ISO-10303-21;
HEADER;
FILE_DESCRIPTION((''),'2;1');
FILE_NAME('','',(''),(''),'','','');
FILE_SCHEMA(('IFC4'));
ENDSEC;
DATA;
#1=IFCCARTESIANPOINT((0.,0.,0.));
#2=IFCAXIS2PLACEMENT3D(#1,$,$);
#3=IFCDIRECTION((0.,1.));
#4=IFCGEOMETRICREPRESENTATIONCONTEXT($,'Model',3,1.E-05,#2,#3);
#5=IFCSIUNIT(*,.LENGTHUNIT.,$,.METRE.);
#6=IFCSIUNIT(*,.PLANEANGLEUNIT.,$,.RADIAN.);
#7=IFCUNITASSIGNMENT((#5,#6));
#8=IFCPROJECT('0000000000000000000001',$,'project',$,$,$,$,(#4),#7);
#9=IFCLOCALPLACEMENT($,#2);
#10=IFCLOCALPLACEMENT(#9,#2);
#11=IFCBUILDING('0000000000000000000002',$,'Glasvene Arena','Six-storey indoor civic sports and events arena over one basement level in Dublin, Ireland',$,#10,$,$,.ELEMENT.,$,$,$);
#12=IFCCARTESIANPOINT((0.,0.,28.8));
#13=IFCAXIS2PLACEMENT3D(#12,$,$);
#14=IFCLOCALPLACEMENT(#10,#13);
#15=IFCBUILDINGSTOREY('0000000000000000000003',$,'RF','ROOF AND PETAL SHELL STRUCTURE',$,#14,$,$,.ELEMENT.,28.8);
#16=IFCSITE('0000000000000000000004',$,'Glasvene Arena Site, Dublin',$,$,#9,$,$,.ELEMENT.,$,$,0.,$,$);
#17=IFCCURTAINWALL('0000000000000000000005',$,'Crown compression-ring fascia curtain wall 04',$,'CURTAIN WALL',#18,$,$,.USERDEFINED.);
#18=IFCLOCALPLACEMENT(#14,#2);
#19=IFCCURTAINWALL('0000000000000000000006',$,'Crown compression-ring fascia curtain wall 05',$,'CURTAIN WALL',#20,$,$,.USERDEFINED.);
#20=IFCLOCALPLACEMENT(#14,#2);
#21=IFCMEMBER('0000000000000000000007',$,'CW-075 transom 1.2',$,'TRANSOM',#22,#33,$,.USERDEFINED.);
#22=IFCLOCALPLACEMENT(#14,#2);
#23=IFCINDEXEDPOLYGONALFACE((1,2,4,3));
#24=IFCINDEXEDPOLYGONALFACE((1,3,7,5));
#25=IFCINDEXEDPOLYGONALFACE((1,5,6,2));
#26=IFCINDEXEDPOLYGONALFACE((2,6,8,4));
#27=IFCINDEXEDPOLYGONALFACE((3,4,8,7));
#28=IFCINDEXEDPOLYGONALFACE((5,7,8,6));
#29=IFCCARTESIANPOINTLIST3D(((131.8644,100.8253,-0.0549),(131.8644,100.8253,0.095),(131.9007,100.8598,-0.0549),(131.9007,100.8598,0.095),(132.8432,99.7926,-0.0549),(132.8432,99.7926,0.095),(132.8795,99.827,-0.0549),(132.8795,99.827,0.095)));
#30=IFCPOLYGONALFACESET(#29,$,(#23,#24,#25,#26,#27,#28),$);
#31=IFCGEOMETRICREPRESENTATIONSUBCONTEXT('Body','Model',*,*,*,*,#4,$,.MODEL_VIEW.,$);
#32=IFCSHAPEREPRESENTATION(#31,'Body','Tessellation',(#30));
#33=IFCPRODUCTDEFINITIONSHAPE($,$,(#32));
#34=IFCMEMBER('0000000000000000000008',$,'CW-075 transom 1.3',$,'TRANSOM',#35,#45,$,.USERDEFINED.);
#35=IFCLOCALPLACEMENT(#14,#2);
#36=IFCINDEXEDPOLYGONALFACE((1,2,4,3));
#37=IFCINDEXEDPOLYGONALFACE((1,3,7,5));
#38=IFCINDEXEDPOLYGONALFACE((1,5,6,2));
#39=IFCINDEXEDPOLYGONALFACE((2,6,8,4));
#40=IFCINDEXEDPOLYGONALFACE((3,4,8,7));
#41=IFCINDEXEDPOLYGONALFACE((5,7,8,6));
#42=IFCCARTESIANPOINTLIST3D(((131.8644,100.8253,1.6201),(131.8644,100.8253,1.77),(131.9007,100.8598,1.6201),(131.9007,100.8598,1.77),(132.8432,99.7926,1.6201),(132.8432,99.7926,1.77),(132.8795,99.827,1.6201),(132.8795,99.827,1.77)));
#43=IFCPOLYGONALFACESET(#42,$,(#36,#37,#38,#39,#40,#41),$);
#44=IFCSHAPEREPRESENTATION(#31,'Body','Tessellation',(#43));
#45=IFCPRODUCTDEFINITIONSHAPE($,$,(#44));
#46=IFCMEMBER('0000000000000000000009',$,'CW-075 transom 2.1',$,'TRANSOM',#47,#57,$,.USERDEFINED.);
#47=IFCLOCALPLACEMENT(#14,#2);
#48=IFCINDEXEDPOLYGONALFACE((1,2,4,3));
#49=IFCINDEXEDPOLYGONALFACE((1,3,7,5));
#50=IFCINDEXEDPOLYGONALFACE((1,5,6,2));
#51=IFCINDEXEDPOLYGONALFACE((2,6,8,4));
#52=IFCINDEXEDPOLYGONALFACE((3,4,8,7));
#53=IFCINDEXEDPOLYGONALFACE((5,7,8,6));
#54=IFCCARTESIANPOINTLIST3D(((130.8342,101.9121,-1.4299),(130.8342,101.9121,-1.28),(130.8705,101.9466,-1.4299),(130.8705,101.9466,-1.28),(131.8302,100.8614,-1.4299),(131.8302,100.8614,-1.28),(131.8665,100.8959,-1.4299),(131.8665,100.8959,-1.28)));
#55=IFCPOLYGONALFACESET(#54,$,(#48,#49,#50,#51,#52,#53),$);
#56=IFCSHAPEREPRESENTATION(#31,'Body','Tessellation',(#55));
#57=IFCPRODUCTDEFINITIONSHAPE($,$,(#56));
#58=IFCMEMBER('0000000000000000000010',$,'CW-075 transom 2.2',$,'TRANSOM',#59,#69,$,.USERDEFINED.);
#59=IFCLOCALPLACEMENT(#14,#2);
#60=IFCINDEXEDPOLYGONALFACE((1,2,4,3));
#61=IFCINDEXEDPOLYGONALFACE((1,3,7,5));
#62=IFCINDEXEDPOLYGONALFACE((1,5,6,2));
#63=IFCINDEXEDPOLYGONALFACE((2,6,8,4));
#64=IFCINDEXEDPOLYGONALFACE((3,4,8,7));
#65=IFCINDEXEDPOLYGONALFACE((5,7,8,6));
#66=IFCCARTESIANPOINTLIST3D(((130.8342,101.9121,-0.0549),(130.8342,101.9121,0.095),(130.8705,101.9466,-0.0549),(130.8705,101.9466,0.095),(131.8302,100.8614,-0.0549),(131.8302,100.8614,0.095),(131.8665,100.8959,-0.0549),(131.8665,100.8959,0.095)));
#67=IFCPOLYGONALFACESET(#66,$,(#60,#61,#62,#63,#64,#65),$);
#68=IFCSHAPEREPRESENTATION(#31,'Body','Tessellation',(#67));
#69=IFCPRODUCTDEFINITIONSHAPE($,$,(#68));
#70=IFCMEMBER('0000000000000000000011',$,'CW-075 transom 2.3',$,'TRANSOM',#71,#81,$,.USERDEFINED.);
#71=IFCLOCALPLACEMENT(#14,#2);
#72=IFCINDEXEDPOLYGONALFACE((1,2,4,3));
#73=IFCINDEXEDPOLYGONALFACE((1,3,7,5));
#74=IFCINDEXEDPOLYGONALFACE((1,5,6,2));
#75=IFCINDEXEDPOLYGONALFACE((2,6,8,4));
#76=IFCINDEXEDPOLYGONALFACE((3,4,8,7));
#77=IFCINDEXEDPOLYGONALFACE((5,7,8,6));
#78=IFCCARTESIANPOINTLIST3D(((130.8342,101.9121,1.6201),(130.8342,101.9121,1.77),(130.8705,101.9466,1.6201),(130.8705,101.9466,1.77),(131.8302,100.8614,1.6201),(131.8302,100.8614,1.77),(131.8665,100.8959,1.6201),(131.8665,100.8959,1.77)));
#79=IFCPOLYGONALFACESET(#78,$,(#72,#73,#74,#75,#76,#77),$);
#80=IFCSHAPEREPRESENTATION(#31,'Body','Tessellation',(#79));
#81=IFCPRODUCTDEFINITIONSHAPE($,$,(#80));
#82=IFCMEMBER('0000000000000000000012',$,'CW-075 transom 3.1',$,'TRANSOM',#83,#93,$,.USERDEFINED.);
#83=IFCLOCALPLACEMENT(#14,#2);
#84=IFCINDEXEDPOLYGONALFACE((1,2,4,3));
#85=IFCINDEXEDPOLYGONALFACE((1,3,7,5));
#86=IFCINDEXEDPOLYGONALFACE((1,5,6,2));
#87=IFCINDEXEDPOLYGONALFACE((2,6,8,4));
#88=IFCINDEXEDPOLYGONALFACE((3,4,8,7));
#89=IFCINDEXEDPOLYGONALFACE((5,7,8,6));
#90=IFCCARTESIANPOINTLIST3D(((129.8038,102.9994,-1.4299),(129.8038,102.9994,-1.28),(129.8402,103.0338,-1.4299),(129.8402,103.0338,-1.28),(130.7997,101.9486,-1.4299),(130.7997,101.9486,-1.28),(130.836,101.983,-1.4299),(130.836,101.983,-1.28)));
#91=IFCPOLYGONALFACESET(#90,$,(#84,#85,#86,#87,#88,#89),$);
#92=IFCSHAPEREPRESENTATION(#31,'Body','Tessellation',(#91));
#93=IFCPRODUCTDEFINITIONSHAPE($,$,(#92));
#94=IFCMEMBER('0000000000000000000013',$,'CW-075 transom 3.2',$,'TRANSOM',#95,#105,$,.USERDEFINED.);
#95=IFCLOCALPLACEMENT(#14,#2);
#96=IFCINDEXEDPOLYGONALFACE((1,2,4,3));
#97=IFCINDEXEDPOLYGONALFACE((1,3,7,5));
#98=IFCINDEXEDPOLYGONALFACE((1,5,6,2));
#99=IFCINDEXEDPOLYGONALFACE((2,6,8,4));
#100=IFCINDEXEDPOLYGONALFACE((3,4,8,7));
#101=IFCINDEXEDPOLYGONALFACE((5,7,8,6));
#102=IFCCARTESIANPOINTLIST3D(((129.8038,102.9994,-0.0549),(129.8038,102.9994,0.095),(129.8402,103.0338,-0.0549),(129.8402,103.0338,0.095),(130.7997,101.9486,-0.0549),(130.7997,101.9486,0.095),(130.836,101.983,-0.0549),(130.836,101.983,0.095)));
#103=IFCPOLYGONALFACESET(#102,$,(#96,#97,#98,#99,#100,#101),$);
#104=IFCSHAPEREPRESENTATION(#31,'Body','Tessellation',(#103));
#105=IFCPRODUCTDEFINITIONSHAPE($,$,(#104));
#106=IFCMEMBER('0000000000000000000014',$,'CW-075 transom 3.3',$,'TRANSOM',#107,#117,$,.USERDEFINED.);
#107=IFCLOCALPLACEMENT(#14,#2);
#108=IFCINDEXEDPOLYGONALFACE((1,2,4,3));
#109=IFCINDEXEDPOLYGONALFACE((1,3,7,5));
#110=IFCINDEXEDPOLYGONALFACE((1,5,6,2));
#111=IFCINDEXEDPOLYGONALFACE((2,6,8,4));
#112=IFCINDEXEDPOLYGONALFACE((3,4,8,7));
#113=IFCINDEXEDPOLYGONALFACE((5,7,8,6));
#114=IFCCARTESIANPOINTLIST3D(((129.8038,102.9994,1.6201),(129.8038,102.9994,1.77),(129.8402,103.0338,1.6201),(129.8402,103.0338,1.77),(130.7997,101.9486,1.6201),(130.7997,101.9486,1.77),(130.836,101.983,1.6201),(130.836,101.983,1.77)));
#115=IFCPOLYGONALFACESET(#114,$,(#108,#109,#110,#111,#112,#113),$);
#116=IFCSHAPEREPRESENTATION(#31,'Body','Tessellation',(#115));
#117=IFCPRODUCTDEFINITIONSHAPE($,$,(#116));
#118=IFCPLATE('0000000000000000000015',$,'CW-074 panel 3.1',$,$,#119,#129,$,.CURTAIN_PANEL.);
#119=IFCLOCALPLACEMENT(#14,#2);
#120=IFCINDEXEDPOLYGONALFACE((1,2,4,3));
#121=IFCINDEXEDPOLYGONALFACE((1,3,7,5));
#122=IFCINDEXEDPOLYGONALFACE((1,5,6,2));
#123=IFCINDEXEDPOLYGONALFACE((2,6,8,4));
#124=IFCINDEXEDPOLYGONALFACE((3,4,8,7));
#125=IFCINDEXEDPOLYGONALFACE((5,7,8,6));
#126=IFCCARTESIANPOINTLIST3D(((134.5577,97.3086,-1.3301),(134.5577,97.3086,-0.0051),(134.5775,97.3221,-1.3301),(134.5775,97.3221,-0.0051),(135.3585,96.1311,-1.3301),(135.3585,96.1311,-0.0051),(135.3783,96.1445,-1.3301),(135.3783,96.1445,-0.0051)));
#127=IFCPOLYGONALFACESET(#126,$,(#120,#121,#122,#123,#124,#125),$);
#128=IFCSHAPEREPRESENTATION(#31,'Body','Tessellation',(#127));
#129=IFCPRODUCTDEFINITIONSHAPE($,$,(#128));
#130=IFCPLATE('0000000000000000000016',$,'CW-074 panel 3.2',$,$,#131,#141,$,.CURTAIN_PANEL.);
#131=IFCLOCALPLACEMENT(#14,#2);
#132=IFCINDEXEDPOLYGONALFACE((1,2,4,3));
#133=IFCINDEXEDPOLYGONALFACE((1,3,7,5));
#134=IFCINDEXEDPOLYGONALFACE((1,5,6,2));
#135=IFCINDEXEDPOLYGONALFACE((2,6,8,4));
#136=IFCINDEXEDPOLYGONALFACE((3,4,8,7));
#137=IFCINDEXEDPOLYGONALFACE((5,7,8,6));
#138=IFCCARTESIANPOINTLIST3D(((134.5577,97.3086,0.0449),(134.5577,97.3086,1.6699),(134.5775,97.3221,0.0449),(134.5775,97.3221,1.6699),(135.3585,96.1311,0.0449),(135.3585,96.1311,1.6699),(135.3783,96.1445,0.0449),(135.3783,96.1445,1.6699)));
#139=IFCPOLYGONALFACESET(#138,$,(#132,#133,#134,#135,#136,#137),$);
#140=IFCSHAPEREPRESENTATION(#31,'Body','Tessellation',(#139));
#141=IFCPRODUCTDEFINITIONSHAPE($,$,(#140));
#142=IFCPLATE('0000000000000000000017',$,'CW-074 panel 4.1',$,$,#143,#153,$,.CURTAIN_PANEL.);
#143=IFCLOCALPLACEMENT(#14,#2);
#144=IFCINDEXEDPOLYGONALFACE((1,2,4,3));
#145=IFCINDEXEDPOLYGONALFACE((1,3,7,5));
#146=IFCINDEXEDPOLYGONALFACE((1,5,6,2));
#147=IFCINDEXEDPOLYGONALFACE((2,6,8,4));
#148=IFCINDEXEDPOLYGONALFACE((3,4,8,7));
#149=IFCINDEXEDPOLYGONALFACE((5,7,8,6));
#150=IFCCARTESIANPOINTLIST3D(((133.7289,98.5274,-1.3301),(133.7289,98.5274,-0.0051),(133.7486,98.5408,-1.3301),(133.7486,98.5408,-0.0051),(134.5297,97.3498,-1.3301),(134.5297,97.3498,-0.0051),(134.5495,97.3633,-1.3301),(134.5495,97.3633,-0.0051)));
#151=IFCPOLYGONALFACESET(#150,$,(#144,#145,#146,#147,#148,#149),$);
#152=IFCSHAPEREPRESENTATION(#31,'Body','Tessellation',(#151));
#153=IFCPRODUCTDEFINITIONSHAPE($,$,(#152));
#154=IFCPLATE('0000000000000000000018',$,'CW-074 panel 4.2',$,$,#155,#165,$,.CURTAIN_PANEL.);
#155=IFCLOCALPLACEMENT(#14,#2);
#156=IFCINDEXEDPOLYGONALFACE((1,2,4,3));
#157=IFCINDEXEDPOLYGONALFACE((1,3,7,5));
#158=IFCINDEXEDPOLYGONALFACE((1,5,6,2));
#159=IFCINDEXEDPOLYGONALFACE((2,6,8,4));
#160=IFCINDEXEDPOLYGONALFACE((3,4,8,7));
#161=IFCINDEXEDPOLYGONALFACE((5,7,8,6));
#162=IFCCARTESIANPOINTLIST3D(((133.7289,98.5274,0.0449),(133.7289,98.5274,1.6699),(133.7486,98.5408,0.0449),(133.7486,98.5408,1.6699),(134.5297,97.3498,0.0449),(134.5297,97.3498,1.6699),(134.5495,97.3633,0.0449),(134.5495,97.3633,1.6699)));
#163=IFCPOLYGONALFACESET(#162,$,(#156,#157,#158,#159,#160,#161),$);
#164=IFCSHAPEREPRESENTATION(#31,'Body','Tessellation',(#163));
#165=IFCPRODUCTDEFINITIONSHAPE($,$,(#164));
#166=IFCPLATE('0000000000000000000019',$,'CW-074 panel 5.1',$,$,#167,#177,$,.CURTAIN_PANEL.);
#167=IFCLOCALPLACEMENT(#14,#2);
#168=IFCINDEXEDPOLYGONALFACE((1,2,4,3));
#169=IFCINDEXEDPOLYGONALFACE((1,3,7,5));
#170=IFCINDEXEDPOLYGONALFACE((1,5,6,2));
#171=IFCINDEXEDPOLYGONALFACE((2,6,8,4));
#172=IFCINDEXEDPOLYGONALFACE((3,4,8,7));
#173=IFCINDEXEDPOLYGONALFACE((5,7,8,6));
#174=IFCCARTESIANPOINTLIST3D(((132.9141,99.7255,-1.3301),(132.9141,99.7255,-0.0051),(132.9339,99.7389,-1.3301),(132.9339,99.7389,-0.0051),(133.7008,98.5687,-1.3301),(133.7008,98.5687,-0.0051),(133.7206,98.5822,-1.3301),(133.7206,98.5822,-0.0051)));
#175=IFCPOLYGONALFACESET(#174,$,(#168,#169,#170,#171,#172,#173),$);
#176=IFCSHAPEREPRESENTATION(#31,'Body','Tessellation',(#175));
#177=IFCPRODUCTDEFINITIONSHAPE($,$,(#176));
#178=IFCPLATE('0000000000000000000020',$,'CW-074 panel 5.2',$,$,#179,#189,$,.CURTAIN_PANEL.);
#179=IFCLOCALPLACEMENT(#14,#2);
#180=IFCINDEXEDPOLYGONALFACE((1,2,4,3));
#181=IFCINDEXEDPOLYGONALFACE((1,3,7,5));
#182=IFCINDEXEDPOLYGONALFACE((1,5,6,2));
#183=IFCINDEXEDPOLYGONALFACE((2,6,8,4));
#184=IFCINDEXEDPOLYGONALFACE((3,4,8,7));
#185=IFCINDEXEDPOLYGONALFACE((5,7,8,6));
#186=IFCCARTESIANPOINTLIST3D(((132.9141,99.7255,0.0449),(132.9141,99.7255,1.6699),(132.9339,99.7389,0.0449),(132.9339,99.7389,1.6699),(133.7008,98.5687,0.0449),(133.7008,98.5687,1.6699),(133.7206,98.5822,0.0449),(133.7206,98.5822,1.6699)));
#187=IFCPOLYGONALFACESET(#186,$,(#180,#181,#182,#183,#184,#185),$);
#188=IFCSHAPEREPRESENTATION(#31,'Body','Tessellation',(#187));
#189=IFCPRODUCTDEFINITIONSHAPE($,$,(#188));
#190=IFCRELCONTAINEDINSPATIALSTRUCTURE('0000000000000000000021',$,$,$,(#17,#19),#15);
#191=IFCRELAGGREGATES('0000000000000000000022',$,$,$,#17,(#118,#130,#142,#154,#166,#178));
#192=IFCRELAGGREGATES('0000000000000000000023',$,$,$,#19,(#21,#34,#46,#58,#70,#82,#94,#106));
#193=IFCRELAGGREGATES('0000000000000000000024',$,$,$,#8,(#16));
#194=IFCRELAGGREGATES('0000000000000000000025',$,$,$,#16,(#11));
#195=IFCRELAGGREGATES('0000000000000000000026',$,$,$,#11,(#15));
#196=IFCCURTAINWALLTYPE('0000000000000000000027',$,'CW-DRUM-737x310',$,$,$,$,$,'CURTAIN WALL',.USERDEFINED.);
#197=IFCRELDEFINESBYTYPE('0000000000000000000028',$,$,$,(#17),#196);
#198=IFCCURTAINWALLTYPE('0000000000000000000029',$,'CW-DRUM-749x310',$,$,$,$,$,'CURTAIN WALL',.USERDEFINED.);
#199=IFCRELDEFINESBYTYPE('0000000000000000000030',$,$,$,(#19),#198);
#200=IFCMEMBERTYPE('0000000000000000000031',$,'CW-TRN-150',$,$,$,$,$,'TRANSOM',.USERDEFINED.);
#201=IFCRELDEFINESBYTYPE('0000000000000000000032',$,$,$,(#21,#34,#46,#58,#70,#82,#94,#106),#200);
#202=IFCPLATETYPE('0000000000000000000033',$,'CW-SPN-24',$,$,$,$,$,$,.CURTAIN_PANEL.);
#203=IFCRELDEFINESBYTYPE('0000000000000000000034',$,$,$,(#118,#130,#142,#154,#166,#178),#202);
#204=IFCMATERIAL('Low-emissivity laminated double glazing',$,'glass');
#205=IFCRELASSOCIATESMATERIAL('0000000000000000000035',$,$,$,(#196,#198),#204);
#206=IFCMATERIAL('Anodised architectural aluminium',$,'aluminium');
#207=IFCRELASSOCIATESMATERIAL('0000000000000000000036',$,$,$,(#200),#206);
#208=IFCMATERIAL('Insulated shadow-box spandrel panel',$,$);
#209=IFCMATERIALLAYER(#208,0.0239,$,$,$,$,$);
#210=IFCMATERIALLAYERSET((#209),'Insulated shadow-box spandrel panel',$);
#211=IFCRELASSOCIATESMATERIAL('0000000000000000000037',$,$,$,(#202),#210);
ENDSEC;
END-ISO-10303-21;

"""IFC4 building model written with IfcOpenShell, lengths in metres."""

from ifc_helpers import new_model, si_unit, direction, frame, origin, origin_2d, place, context, subcontext, project, spatial, rectangle, extrude, material, layer, layer_set, material_profile, profile_set, type_object, element, aggregate, save


model = new_model("IFC4")

# Units and contexts
model_context = context("Model", 3, precision=1e-05, world=origin(), true_north=direction((0.0, 1.0)))
body_context = subcontext(model_context, "Body", "Model", "MODEL_VIEW")
ifc_project = project(units=[si_unit("LENGTHUNIT", "METRE"), si_unit("PLANEANGLEUNIT", "RADIAN")], contexts=[model_context])

# Site, building, storey
site_placement = place(None, origin())
site = spatial("IfcSite", under=ifc_project, at=site_placement, Name="Glasvene Arena Site, Dublin", CompositionType="ELEMENT", RefElevation=0.0)
building_placement = place(site_placement, origin())
building = spatial("IfcBuilding", under=site, at=building_placement, Name="Glasvene Arena", Description="Six-storey indoor civic sports and events arena over one basement level in Dublin, Ireland", CompositionType="ELEMENT")
storey_placement = place(building_placement, frame((0.0, 0.0, 28.8)))
storey = spatial("IfcBuildingStorey", under=building, at=storey_placement, Name="RF", Description="ROOF AND PETAL SHELL STRUCTURE", CompositionType="ELEMENT", Elevation=28.8)

# Curtain walls
ifc_material_1 = material(Name="Low-emissivity laminated double glazing", Category="glass")
curtain_wall_type_1 = type_object("IfcCurtainWallType", Name="CW-DRUM-737x310", ElementType="CURTAIN WALL", PredefinedType="USERDEFINED", material=ifc_material_1)
curtain_wall_1_placement = place(storey_placement, frame((137.0403, 93.6792, 0.0)))
curtain_wall_1 = element("IfcCurtainWall", 1, at=curtain_wall_1_placement, inside=storey, type_object=curtain_wall_type_1, Name="Crown compression-ring fascia curtain wall 04", ObjectType="CURTAIN WALL", PredefinedType="USERDEFINED")
ifc_material_2 = material(Name="Anodised architectural aluminium", Category="aluminium")
curtain_wall_type_2 = type_object("IfcCurtainWallType", Name="CW-DRUM-749x310", ElementType="CURTAIN WALL", PredefinedType="USERDEFINED", material=ifc_material_1)
curtain_wall_2_placement = place(storey_placement, frame((132.8958, 99.7737, 0.0)))
curtain_wall_2 = element("IfcCurtainWall", 2, at=curtain_wall_2_placement, inside=storey, type_object=curtain_wall_type_2, Name="Crown compression-ring fascia curtain wall 05", ObjectType="CURTAIN WALL", PredefinedType="USERDEFINED")

# Members
ifc_material_profile_1 = material_profile(ifc_material_2, rectangle(XDim=0.05, YDim=0.1499, at=origin_2d()), Name="ALU TRANSOM 50x150")
ifc_profile_set_1 = profile_set([ifc_material_profile_1], Name="Anodised architectural aluminium")
member_type_1 = type_object("IfcMemberType", Name="CW-TRN-150", ElementType="TRANSOM", PredefinedType="USERDEFINED", material=ifc_profile_set_1)
member_1_placement = place(storey_placement, frame((132.8613, 99.8098, 0.02), z_axis=(-0.687892, 0.725813, 0.0), x_axis=(-0.725813, -0.687892, 0.0)))
member_1 = element("IfcMember", 3, at=member_1_placement, type_object=member_type_1, Name="CW-075 transom 1.2", ObjectType="TRANSOM", PredefinedType="USERDEFINED", context=body_context, shape_type="SweptSolid", body=[
    extrude(rectangle(XDim=0.05, YDim=0.1499, at=origin_2d()), origin(), (0.0, 0.0, 1.0), 1.4229),
])
member_2_placement = place(storey_placement, frame((132.8613, 99.8098, 1.6951), z_axis=(-0.687892, 0.725813, 0.0), x_axis=(-0.725813, -0.687892, 0.0)))
member_2 = element("IfcMember", 4, at=member_2_placement, type_object=member_type_1, Name="CW-075 transom 1.3", ObjectType="TRANSOM", PredefinedType="USERDEFINED", context=body_context, shape_type="SweptSolid", body=[
    extrude(rectangle(XDim=0.05, YDim=0.1499, at=origin_2d()), origin(), (0.0, 0.0, 1.0), 1.4229),
])
member_3_placement = place(storey_placement, frame((131.8484, 100.8787, -1.355), z_axis=(-0.687969, 0.72574, 0.0), x_axis=(-0.72574, -0.687969, 0.0)))
member_3 = element("IfcMember", 5, at=member_3_placement, type_object=member_type_1, Name="CW-075 transom 2.1", ObjectType="TRANSOM", PredefinedType="USERDEFINED", context=body_context, shape_type="SweptSolid", body=[
    extrude(rectangle(XDim=0.05, YDim=0.1499, at=origin_2d()), origin(), (0.0, 0.0, 1.0), 1.4478),
])
member_4_placement = place(storey_placement, frame((131.8484, 100.8787, 0.02), z_axis=(-0.687969, 0.72574, 0.0), x_axis=(-0.72574, -0.687969, 0.0)))
member_4 = element("IfcMember", 6, at=member_4_placement, type_object=member_type_1, Name="CW-075 transom 2.2", ObjectType="TRANSOM", PredefinedType="USERDEFINED", context=body_context, shape_type="SweptSolid", body=[
    extrude(rectangle(XDim=0.05, YDim=0.1499, at=origin_2d()), origin(), (0.0, 0.0, 1.0), 1.4478),
])
member_5_placement = place(storey_placement, frame((131.8484, 100.8787, 1.6951), z_axis=(-0.687969, 0.72574, 0.0), x_axis=(-0.72574, -0.687969, 0.0)))
member_5 = element("IfcMember", 7, at=member_5_placement, type_object=member_type_1, Name="CW-075 transom 2.3", ObjectType="TRANSOM", PredefinedType="USERDEFINED", context=body_context, shape_type="SweptSolid", body=[
    extrude(rectangle(XDim=0.05, YDim=0.1499, at=origin_2d()), origin(), (0.0, 0.0, 1.0), 1.4478),
])
member_6_placement = place(storey_placement, frame((130.8179, 101.9658, -1.355), z_axis=(-0.68788, 0.725824, 0.0), x_axis=(-0.725824, -0.68788, 0.0)))
member_6 = element("IfcMember", 8, at=member_6_placement, type_object=member_type_1, Name="CW-075 transom 3.1", ObjectType="TRANSOM", PredefinedType="USERDEFINED", context=body_context, shape_type="SweptSolid", body=[
    extrude(rectangle(XDim=0.05, YDim=0.1499, at=origin_2d()), origin(), (0.0, 0.0, 1.0), 1.4478),
])
member_7_placement = place(storey_placement, frame((130.8179, 101.9658, 0.02), z_axis=(-0.68788, 0.725824, 0.0), x_axis=(-0.725824, -0.68788, 0.0)))
member_7 = element("IfcMember", 9, at=member_7_placement, type_object=member_type_1, Name="CW-075 transom 3.2", ObjectType="TRANSOM", PredefinedType="USERDEFINED", context=body_context, shape_type="SweptSolid", body=[
    extrude(rectangle(XDim=0.05, YDim=0.1499, at=origin_2d()), origin(), (0.0, 0.0, 1.0), 1.4478),
])
member_8_placement = place(storey_placement, frame((130.8179, 101.9658, 1.6951), z_axis=(-0.68788, 0.725824, 0.0), x_axis=(-0.725824, -0.68788, 0.0)))
member_8 = element("IfcMember", 10, at=member_8_placement, type_object=member_type_1, Name="CW-075 transom 3.3", ObjectType="TRANSOM", PredefinedType="USERDEFINED", context=body_context, shape_type="SweptSolid", body=[
    extrude(rectangle(XDim=0.05, YDim=0.1499, at=origin_2d()), origin(), (0.0, 0.0, 1.0), 1.4478),
])

# Plates
ifc_material_3 = material(Name="Insulated shadow-box spandrel panel")
ifc_layer_1 = layer(ifc_material_3, 0.0239)
ifc_layer_set_1 = layer_set([ifc_layer_1], Name="Insulated shadow-box spandrel panel")
plate_type_1 = type_object("IfcPlateType", Name="CW-SPN-24", PredefinedType="CURTAIN_PANEL", material=ifc_layer_set_1)
plate_1_placement = place(storey_placement, frame((134.968, 96.7266, -1.3301), z_axis=(0.0, 0.0, 1.0), x_axis=(-0.562354, 0.826896, 0.0)))
plate_1 = element("IfcPlate", 11, at=plate_1_placement, type_object=plate_type_1, Name="CW-074 panel 3.1", PredefinedType="CURTAIN_PANEL", context=body_context, shape_type="SweptSolid", body=[
    extrude(rectangle(XDim=1.4241, YDim=0.0239, at=origin_2d()), origin(), (0.0, 0.0, 1.0), 1.325),
])
plate_2_placement = place(storey_placement, frame((134.968, 96.7266, 0.0449), z_axis=(0.0, 0.0, 1.0), x_axis=(-0.562354, 0.826896, 0.0)))
plate_2 = element("IfcPlate", 12, at=plate_2_placement, type_object=plate_type_1, Name="CW-074 panel 3.2", PredefinedType="CURTAIN_PANEL", context=body_context, shape_type="SweptSolid", body=[
    extrude(rectangle(XDim=1.4241, YDim=0.0239, at=origin_2d()), origin(), (0.0, 0.0, 1.0), 1.625),
])
plate_3_placement = place(storey_placement, frame((134.1392, 97.9453, -1.3301), z_axis=(0.0, 0.0, 1.0), x_axis=(-0.562354, 0.826896, 0.0)))
plate_3 = element("IfcPlate", 13, at=plate_3_placement, type_object=plate_type_1, Name="CW-074 panel 4.1", PredefinedType="CURTAIN_PANEL", context=body_context, shape_type="SweptSolid", body=[
    extrude(rectangle(XDim=1.4241, YDim=0.0239, at=origin_2d()), origin(), (0.0, 0.0, 1.0), 1.325),
])
plate_4_placement = place(storey_placement, frame((134.1392, 97.9453, 0.0449), z_axis=(0.0, 0.0, 1.0), x_axis=(-0.562354, 0.826896, 0.0)))
plate_4 = element("IfcPlate", 14, at=plate_4_placement, type_object=plate_type_1, Name="CW-074 panel 4.2", PredefinedType="CURTAIN_PANEL", context=body_context, shape_type="SweptSolid", body=[
    extrude(rectangle(XDim=1.4241, YDim=0.0239, at=origin_2d()), origin(), (0.0, 0.0, 1.0), 1.625),
])
plate_5_placement = place(storey_placement, frame((133.3174, 99.1538, -1.3301), z_axis=(0.0, 0.0, 1.0), x_axis=(-0.562354, 0.826896, 0.0)))
plate_5 = element("IfcPlate", 15, at=plate_5_placement, type_object=plate_type_1, Name="CW-074 panel 5.1", PredefinedType="CURTAIN_PANEL", context=body_context, shape_type="SweptSolid", body=[
    extrude(rectangle(XDim=1.3989, YDim=0.0239, at=origin_2d()), origin(), (0.0, 0.0, 1.0), 1.325),
])
plate_6_placement = place(storey_placement, frame((133.3174, 99.1538, 0.0449), z_axis=(0.0, 0.0, 1.0), x_axis=(-0.562354, 0.826896, 0.0)))
plate_6 = element("IfcPlate", 16, at=plate_6_placement, type_object=plate_type_1, Name="CW-074 panel 5.2", PredefinedType="CURTAIN_PANEL", context=body_context, shape_type="SweptSolid", body=[
    extrude(rectangle(XDim=1.3989, YDim=0.0239, at=origin_2d()), origin(), (0.0, 0.0, 1.0), 1.625),
])
aggregate(curtain_wall_1, [plate_1, plate_2, plate_3, plate_4, plate_5, plate_6])
aggregate(curtain_wall_2, [member_1, member_2, member_3, member_4, member_5, member_6, member_7, member_8])

save(model, "model.ifc")
